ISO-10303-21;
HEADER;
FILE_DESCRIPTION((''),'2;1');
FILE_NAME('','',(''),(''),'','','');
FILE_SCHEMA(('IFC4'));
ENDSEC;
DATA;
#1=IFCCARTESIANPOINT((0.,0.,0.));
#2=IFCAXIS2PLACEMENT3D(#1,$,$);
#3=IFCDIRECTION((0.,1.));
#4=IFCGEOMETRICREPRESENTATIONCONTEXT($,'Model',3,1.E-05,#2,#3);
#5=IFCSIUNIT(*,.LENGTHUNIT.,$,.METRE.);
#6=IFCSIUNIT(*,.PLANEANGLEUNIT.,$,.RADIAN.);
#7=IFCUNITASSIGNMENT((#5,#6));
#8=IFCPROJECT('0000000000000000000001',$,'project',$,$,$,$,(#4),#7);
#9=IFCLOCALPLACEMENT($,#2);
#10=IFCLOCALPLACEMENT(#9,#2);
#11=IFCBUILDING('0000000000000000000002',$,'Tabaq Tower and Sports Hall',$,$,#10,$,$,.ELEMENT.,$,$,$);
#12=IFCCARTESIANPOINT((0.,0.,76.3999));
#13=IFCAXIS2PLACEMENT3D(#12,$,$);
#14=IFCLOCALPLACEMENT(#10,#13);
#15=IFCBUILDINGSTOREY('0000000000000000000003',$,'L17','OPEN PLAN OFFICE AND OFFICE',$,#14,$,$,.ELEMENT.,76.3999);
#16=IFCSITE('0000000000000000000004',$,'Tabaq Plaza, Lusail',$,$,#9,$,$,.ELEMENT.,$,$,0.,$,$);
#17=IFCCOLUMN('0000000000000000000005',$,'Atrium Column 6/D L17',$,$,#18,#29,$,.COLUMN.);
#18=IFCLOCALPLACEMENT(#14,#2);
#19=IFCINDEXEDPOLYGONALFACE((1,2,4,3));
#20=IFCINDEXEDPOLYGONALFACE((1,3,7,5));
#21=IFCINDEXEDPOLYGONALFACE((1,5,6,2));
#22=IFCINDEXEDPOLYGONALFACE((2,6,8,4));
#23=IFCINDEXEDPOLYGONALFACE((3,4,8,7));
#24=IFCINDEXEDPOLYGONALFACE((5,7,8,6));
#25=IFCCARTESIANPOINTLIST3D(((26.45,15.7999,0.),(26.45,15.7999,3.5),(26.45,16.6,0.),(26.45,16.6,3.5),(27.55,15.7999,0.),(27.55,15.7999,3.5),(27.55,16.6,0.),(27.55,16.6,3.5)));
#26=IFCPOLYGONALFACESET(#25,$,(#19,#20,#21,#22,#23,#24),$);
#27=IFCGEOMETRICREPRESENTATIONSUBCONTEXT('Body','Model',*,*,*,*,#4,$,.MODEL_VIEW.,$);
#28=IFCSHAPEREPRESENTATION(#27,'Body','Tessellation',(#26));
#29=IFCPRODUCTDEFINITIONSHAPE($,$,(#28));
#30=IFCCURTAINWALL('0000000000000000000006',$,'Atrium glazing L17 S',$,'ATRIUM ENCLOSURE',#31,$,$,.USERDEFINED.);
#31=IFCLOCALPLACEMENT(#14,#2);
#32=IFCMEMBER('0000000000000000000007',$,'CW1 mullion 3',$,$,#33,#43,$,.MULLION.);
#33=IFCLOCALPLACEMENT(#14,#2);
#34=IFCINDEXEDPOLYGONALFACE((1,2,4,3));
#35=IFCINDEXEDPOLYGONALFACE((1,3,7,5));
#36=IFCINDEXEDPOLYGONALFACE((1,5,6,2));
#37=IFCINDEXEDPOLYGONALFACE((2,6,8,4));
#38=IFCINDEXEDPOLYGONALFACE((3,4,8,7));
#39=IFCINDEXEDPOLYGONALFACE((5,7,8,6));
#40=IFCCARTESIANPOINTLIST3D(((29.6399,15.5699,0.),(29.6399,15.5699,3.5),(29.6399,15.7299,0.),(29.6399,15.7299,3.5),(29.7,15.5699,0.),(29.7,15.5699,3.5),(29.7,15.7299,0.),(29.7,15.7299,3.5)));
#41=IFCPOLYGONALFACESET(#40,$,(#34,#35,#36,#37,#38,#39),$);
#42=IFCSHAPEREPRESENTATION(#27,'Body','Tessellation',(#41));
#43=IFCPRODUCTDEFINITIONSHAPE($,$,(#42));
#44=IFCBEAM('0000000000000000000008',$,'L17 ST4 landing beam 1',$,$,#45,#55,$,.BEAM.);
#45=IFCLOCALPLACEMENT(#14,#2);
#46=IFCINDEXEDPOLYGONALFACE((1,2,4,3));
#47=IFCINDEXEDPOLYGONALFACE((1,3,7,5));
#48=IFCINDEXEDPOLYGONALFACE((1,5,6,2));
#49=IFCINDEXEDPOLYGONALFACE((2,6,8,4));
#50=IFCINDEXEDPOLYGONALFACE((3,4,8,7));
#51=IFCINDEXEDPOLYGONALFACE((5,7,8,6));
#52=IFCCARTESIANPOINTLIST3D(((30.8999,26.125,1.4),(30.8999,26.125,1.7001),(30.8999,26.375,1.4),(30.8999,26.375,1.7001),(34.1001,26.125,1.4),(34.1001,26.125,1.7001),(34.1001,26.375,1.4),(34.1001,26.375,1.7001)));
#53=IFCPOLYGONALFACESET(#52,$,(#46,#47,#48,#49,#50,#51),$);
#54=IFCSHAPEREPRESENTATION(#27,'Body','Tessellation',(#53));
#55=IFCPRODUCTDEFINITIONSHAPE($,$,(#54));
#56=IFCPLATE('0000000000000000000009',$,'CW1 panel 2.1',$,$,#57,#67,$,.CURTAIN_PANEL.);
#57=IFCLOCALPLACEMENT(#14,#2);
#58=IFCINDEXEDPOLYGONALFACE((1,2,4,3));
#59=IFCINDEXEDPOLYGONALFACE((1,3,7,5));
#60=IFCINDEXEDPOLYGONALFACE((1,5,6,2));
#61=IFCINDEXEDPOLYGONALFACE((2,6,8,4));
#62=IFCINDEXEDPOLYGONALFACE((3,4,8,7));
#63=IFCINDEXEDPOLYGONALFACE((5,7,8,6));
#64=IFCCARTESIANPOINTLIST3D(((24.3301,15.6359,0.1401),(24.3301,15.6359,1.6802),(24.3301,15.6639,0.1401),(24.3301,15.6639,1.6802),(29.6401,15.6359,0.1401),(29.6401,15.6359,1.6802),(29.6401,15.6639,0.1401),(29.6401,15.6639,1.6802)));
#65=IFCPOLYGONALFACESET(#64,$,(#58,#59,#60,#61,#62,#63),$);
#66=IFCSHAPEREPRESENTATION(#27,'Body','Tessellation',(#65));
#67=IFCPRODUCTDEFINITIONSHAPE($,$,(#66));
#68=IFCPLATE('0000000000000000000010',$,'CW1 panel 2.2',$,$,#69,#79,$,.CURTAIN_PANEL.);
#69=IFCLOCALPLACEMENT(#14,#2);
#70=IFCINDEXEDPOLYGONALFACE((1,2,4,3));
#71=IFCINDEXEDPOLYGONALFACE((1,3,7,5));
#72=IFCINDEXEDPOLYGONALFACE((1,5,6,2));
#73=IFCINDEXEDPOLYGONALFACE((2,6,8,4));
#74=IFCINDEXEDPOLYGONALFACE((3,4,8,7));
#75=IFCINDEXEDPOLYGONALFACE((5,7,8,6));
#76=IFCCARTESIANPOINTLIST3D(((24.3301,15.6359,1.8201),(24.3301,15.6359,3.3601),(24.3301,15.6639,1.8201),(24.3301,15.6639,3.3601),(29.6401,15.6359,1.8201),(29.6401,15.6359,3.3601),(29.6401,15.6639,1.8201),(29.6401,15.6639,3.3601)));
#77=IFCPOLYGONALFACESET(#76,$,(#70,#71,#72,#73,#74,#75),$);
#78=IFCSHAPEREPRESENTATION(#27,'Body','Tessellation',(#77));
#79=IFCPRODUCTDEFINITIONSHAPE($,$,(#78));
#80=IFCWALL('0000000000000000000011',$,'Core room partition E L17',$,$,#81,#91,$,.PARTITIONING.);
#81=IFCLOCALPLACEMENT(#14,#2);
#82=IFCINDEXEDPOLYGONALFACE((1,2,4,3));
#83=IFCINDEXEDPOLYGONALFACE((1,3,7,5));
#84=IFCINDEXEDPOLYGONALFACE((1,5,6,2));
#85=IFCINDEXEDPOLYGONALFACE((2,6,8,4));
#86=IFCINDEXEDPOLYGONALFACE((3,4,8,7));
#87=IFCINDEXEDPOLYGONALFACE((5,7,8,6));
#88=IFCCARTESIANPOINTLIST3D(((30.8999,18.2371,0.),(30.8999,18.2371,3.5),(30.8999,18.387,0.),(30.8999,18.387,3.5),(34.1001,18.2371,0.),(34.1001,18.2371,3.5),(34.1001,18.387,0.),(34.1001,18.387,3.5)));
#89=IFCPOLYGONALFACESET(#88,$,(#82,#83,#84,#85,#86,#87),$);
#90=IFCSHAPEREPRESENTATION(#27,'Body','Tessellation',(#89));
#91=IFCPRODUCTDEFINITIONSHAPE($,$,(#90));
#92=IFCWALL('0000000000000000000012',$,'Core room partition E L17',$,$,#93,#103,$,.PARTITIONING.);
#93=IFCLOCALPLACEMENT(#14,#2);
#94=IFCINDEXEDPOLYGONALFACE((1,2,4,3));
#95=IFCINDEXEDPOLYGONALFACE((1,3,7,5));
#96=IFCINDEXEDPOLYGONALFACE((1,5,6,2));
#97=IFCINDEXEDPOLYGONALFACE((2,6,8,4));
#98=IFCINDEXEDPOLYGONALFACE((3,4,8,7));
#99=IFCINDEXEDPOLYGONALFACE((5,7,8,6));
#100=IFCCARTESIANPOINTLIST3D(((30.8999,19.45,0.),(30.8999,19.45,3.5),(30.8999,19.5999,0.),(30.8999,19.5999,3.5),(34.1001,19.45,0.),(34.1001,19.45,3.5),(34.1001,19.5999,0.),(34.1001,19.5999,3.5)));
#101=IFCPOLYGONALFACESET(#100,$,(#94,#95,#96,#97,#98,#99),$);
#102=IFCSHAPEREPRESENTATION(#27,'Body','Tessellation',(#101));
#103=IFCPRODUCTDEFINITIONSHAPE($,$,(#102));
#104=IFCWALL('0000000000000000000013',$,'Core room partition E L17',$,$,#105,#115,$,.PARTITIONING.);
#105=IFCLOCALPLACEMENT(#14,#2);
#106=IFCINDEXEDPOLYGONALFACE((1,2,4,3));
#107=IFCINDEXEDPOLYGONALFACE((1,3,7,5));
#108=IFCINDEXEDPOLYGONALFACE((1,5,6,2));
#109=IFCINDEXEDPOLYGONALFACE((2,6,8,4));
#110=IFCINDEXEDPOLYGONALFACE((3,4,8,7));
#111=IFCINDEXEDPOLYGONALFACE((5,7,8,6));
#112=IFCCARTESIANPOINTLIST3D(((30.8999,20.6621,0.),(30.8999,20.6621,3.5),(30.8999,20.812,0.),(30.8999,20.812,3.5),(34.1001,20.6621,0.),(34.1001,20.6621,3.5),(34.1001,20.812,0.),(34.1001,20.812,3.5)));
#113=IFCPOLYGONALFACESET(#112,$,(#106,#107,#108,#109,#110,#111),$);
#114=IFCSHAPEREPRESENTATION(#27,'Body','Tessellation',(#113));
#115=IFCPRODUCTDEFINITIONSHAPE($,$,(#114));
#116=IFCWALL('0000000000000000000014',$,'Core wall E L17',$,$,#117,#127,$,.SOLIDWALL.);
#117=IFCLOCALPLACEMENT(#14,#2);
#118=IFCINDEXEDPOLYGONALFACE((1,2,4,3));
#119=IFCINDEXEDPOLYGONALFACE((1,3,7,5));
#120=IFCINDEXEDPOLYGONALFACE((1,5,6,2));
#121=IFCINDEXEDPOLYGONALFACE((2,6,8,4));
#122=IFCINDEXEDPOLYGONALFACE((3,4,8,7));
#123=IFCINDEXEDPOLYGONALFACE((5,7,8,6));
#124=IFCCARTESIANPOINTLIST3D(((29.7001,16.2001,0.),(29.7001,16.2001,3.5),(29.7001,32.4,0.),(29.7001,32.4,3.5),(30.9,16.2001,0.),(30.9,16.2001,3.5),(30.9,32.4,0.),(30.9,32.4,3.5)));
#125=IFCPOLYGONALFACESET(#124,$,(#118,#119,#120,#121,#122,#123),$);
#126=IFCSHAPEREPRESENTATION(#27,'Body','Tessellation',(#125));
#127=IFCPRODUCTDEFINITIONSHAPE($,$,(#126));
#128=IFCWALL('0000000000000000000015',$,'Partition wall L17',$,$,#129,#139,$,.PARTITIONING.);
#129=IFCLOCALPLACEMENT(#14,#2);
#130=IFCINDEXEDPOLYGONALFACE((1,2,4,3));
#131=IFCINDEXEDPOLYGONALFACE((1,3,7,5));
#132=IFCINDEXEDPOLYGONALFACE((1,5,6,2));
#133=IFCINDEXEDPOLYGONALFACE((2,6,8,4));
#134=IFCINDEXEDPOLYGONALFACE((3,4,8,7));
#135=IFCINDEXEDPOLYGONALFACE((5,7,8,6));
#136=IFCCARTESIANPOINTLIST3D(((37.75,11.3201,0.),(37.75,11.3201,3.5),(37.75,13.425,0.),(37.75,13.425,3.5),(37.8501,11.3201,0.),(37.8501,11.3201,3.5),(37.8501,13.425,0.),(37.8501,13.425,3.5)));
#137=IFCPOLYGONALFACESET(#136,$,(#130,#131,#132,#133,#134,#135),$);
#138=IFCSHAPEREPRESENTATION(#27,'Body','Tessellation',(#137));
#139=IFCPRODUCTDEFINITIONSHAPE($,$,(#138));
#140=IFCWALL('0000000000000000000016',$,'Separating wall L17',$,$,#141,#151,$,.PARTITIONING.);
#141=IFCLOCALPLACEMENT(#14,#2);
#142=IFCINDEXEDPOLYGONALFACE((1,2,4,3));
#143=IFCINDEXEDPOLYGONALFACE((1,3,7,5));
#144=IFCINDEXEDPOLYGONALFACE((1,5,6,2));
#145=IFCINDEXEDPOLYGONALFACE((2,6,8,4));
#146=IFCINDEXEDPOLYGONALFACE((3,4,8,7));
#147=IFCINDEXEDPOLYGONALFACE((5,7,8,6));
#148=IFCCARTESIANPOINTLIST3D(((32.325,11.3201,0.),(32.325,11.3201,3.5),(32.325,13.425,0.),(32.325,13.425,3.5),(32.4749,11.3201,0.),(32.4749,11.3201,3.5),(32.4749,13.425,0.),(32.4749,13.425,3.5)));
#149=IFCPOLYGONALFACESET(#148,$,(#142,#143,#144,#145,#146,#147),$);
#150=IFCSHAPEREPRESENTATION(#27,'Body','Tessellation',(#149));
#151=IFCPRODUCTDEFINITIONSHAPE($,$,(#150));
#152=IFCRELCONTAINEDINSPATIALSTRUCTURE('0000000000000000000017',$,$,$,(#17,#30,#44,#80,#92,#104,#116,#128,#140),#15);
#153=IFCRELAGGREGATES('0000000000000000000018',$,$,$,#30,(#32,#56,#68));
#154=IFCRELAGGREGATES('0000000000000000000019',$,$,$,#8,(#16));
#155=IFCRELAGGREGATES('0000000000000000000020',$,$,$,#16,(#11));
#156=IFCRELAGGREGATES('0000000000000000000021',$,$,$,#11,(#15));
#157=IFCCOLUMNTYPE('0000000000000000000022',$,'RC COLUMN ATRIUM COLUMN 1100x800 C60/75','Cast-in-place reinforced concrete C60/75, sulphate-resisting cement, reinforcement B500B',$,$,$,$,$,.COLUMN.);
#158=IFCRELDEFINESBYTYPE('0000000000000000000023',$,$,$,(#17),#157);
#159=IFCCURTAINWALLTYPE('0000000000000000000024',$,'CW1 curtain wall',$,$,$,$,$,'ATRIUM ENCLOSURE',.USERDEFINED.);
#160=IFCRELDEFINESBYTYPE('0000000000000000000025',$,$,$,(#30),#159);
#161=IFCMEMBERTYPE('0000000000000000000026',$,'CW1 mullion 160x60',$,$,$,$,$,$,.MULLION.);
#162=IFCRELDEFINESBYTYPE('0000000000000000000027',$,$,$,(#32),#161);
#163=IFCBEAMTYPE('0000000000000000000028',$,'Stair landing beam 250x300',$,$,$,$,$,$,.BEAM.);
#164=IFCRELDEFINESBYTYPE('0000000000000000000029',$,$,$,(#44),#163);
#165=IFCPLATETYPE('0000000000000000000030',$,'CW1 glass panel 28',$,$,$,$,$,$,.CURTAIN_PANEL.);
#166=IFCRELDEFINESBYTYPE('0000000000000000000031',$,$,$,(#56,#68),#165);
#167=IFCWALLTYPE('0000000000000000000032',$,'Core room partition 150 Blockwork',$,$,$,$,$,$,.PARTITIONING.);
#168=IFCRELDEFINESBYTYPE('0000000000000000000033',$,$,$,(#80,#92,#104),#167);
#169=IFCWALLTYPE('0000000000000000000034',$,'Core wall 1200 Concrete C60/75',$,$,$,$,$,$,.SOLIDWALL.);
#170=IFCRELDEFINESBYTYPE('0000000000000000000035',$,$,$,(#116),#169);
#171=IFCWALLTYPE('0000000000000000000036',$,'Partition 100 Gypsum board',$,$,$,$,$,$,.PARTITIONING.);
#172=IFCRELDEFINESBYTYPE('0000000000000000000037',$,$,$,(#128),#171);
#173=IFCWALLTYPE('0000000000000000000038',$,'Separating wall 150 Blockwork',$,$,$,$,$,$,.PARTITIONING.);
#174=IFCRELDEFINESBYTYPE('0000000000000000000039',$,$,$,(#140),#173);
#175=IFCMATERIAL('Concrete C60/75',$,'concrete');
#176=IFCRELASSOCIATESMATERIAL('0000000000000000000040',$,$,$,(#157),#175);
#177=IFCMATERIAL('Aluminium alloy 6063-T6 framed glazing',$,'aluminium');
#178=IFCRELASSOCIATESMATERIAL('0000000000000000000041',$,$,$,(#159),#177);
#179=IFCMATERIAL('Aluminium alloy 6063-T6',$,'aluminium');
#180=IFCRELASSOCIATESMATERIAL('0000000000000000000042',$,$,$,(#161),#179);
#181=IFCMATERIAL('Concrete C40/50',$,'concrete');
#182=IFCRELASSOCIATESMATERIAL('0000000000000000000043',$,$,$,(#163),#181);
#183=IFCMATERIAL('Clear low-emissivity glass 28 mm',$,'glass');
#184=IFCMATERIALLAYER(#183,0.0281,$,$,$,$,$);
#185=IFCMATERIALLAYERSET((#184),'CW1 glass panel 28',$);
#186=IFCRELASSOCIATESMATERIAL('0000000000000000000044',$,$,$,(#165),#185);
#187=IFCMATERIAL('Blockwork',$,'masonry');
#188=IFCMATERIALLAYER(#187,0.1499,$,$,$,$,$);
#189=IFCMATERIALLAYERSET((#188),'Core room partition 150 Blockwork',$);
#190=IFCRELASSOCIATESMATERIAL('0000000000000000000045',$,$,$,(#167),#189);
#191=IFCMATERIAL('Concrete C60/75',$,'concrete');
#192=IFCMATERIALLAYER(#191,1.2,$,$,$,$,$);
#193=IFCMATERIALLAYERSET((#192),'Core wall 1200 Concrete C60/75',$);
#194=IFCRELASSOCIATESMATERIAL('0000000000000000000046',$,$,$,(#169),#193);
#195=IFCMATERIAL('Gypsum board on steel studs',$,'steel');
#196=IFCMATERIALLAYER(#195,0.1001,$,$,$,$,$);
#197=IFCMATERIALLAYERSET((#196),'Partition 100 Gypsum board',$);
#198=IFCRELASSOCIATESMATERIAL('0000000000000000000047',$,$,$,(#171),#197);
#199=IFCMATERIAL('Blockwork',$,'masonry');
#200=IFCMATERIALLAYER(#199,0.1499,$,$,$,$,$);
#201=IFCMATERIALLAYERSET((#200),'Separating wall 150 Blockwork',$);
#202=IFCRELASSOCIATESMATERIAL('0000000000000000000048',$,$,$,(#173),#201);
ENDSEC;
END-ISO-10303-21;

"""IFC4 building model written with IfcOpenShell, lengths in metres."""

from ifc_helpers import new_model, si_unit, direction, frame, frame_2d, origin, origin_2d, place, context, subcontext, project, spatial, rectangle, extrude, material, layer, layer_set, material_profile, profile_set, type_object, element, aggregate, save


model = new_model("IFC4")

# Units and contexts
model_context = context("Model", 3, precision=1e-05, world=origin(), true_north=direction((0.0, 1.0)))
body_context = subcontext(model_context, "Body", "Model", "MODEL_VIEW")
ifc_project = project(units=[si_unit("LENGTHUNIT", "METRE"), si_unit("PLANEANGLEUNIT", "RADIAN")], contexts=[model_context])

# Site, building, storey
site_placement = place(None, origin())
site = spatial("IfcSite", under=ifc_project, at=site_placement, Name="Tabaq Plaza, Lusail", CompositionType="ELEMENT", RefElevation=0.0)
building_placement = place(site_placement, origin())
building = spatial("IfcBuilding", under=site, at=building_placement, Name="Tabaq Tower and Sports Hall", CompositionType="ELEMENT")
storey_placement = place(building_placement, frame((0.0, 0.0, 76.3999)))
storey = spatial("IfcBuildingStorey", under=building, at=storey_placement, Name="L17", Description="OPEN PLAN OFFICE AND OFFICE", CompositionType="ELEMENT", Elevation=76.3999)

# Column
ifc_material_1 = material(Name="Concrete C60/75", Category="concrete")
ifc_material_profile_1 = material_profile(ifc_material_1, rectangle(XDim=1.1001, YDim=0.8, at=origin_2d()), Name="ATRIUM COLUMN 1100x800")
ifc_profile_set_1 = profile_set([ifc_material_profile_1], Name="Concrete C60/75")
column_type = type_object("IfcColumnType", Name="RC COLUMN ATRIUM COLUMN 1100x800 C60/75", Description="Cast-in-place reinforced concrete C60/75, sulphate-resisting cement, reinforcement B500B", PredefinedType="COLUMN", material=ifc_profile_set_1)
column_placement = place(storey_placement, frame((27.0, 16.2, 0.0), z_axis=(0.0, 0.0, 1.0), x_axis=(1.0, 0.0, 0.0)))
element("IfcColumn", 1, at=column_placement, inside=storey, type_object=column_type, Name="Atrium Column 6/D L17", PredefinedType="COLUMN", context=body_context, shape_type="SweptSolid", body=[
    extrude(rectangle(XDim=1.1001, YDim=0.8, at=origin_2d()), origin(), (0.0, 0.0, 1.0), 3.5),
])

# Curtain wall, member
ifc_material_2 = material(Name="Aluminium alloy 6063-T6 framed glazing", Category="aluminium")
curtain_wall_type = type_object("IfcCurtainWallType", Name="CW1 curtain wall", ElementType="ATRIUM ENCLOSURE", PredefinedType="USERDEFINED", material=ifc_material_2)
curtain_wall_placement = place(storey_placement, origin())
curtain_wall = element("IfcCurtainWall", 2, at=curtain_wall_placement, inside=storey, type_object=curtain_wall_type, Name="Atrium glazing L17 S", ObjectType="ATRIUM ENCLOSURE", PredefinedType="USERDEFINED")
ifc_material_3 = material(Name="Aluminium alloy 6063-T6", Category="aluminium")
ifc_material_profile_2 = material_profile(ifc_material_3, rectangle(XDim=0.1599, YDim=0.0601, at=origin_2d()), Name="MULLION 160x60")
ifc_profile_set_2 = profile_set([ifc_material_profile_2], Name="Aluminium alloy 6063-T6")
member_type = type_object("IfcMemberType", Name="CW1 mullion 160x60", PredefinedType="MULLION", material=ifc_profile_set_2)
member_placement = place(storey_placement, frame((29.6699, 15.6499, 0.0), z_axis=(0.0, 0.0, 1.0), x_axis=(0.0, 1.0, 0.0)))
member = element("IfcMember", 3, at=member_placement, type_object=member_type, Name="CW1 mullion 3", PredefinedType="MULLION", context=body_context, shape_type="SweptSolid", body=[
    extrude(rectangle(XDim=0.1599, YDim=0.0601, at=origin_2d()), origin(), (0.0, 0.0, 1.0), 3.5),
])

# Beam
ifc_material_4 = material(Name="Concrete C40/50", Category="concrete")
ifc_material_profile_3 = material_profile(ifc_material_4, rectangle(XDim=0.25, YDim=0.3, at=origin_2d()), Name="RC 250x300")
ifc_profile_set_3 = profile_set([ifc_material_profile_3], Name="Concrete C40/50")
beam_type = type_object("IfcBeamType", Name="Stair landing beam 250x300", PredefinedType="BEAM", material=ifc_profile_set_3)
beam_placement = place(storey_placement, frame((30.8999, 26.25, 1.55), z_axis=(1.0, 0.0, 0.0), x_axis=(0.0, 1.0, 0.0)))
element("IfcBeam", 4, at=beam_placement, inside=storey, type_object=beam_type, Name="L17 ST4 landing beam 1", PredefinedType="BEAM", context=body_context, shape_type="SweptSolid", body=[
    extrude(rectangle(XDim=0.25, YDim=0.3, at=origin_2d()), origin(), (0.0, 0.0, 1.0), 3.2002),
])

# Plates
ifc_material_5 = material(Name="Clear low-emissivity glass 28 mm", Category="glass")
ifc_layer_1 = layer(ifc_material_5, 0.0281)
ifc_layer_set_1 = layer_set([ifc_layer_1], Name="CW1 glass panel 28")
plate_type = type_object("IfcPlateType", Name="CW1 glass panel 28", PredefinedType="CURTAIN_PANEL", material=ifc_layer_set_1)
plate_1_placement = place(storey_placement, frame((26.9851, 15.6499, 0.1401), z_axis=(0.0, 0.0, 1.0), x_axis=(1.0, 0.0, 0.0)))
plate_1 = element("IfcPlate", 5, at=plate_1_placement, type_object=plate_type, Name="CW1 panel 2.1", PredefinedType="CURTAIN_PANEL", context=body_context, shape_type="SweptSolid", body=[
    extrude(rectangle(XDim=5.3101, YDim=0.0281, at=origin_2d()), origin(), (0.0, 0.0, 1.0), 1.54),
])
plate_2_placement = place(storey_placement, frame((26.9851, 15.6499, 1.8201), z_axis=(0.0, 0.0, 1.0), x_axis=(1.0, 0.0, 0.0)))
plate_2 = element("IfcPlate", 6, at=plate_2_placement, type_object=plate_type, Name="CW1 panel 2.2", PredefinedType="CURTAIN_PANEL", context=body_context, shape_type="SweptSolid", body=[
    extrude(rectangle(XDim=5.3101, YDim=0.0281, at=origin_2d()), origin(), (0.0, 0.0, 1.0), 1.54),
])
aggregate(curtain_wall, [member, plate_1, plate_2])

# Walls
ifc_material_6 = material(Name="Blockwork", Category="masonry")
ifc_layer_2 = layer(ifc_material_6, 0.1499)
ifc_layer_set_2 = layer_set([ifc_layer_2], Name="Core room partition 150 Blockwork")
wall_type_1 = type_object("IfcWallType", Name="Core room partition 150 Blockwork", PredefinedType="PARTITIONING", material=ifc_layer_set_2)
for number, where, z_axis, x_axis, name in (
    (7, (30.8999, 18.312, 0.0), (0.0, 0.0, 1.0), (1.0, 0.0, 0.0), "Core room partition E L17"),
    (8, (30.8999, 19.5249, 0.0), (0.0, 0.0, 1.0), (1.0, 0.0, 0.0), "Core room partition E L17"),
    (9, (30.8999, 20.7371, 0.0), (0.0, 0.0, 1.0), (1.0, 0.0, 0.0), "Core room partition E L17"),
):
    element("IfcWall", number, at=place(storey_placement, frame(where, z_axis=z_axis, x_axis=x_axis)), inside=storey, type_object=wall_type_1, Name=name, PredefinedType="PARTITIONING", context=body_context, shape_type="SweptSolid", body=[
        extrude(rectangle(XDim=3.2002, YDim=0.1499, at=frame_2d((1.6001, 0.0))), origin(), (0.0, 0.0, 1.0), 3.5),
    ])
ifc_material_7 = material(Name="Concrete C60/75", Category="concrete")
ifc_layer_3 = layer(ifc_material_7, 1.2)
ifc_layer_set_3 = layer_set([ifc_layer_3], Name="Core wall 1200 Concrete C60/75")
wall_type_2 = type_object("IfcWallType", Name="Core wall 1200 Concrete C60/75", PredefinedType="SOLIDWALL", material=ifc_layer_set_3)
wall_1_placement = place(storey_placement, frame((30.3, 16.2, 0.0), z_axis=(0.0, 0.0, 1.0), x_axis=(0.0, 1.0, 0.0)))
element("IfcWall", 10, at=wall_1_placement, inside=storey, type_object=wall_type_2, Name="Core wall E L17", PredefinedType="SOLIDWALL", context=body_context, shape_type="SweptSolid", body=[
    extrude(rectangle(XDim=16.2, YDim=1.2, at=frame_2d((8.1001, 0.0))), origin(), (0.0, 0.0, 1.0), 3.5),
])
ifc_material_8 = material(Name="Gypsum board on steel studs", Category="steel")
ifc_layer_4 = layer(ifc_material_8, 0.1001)
ifc_layer_set_4 = layer_set([ifc_layer_4], Name="Partition 100 Gypsum board")
wall_type_3 = type_object("IfcWallType", Name="Partition 100 Gypsum board", PredefinedType="PARTITIONING", material=ifc_layer_set_4)
wall_2_placement = place(storey_placement, frame((37.8, 11.3201, 0.0), z_axis=(0.0, 0.0, 1.0), x_axis=(0.0, 1.0, 0.0)))
element("IfcWall", 11, at=wall_2_placement, inside=storey, type_object=wall_type_3, Name="Partition wall L17", PredefinedType="PARTITIONING", context=body_context, shape_type="SweptSolid", body=[
    extrude(rectangle(XDim=2.105, YDim=0.1001, at=frame_2d((1.0525, 0.0))), origin(), (0.0, 0.0, 1.0), 3.5),
])
ifc_material_9 = material(Name="Blockwork", Category="masonry")
ifc_layer_5 = layer(ifc_material_9, 0.1499)
ifc_layer_set_5 = layer_set([ifc_layer_5], Name="Separating wall 150 Blockwork")
wall_type_4 = type_object("IfcWallType", Name="Separating wall 150 Blockwork", PredefinedType="PARTITIONING", material=ifc_layer_set_5)
wall_3_placement = place(storey_placement, frame((32.3999, 11.3201, 0.0), z_axis=(0.0, 0.0, 1.0), x_axis=(0.0, 1.0, 0.0)))
element("IfcWall", 12, at=wall_3_placement, inside=storey, type_object=wall_type_4, Name="Separating wall L17", PredefinedType="PARTITIONING", context=body_context, shape_type="SweptSolid", body=[
    extrude(rectangle(XDim=2.105, YDim=0.1499, at=frame_2d((1.0525, 0.0))), origin(), (0.0, 0.0, 1.0), 3.5),
])

save(model, "model.ifc")
